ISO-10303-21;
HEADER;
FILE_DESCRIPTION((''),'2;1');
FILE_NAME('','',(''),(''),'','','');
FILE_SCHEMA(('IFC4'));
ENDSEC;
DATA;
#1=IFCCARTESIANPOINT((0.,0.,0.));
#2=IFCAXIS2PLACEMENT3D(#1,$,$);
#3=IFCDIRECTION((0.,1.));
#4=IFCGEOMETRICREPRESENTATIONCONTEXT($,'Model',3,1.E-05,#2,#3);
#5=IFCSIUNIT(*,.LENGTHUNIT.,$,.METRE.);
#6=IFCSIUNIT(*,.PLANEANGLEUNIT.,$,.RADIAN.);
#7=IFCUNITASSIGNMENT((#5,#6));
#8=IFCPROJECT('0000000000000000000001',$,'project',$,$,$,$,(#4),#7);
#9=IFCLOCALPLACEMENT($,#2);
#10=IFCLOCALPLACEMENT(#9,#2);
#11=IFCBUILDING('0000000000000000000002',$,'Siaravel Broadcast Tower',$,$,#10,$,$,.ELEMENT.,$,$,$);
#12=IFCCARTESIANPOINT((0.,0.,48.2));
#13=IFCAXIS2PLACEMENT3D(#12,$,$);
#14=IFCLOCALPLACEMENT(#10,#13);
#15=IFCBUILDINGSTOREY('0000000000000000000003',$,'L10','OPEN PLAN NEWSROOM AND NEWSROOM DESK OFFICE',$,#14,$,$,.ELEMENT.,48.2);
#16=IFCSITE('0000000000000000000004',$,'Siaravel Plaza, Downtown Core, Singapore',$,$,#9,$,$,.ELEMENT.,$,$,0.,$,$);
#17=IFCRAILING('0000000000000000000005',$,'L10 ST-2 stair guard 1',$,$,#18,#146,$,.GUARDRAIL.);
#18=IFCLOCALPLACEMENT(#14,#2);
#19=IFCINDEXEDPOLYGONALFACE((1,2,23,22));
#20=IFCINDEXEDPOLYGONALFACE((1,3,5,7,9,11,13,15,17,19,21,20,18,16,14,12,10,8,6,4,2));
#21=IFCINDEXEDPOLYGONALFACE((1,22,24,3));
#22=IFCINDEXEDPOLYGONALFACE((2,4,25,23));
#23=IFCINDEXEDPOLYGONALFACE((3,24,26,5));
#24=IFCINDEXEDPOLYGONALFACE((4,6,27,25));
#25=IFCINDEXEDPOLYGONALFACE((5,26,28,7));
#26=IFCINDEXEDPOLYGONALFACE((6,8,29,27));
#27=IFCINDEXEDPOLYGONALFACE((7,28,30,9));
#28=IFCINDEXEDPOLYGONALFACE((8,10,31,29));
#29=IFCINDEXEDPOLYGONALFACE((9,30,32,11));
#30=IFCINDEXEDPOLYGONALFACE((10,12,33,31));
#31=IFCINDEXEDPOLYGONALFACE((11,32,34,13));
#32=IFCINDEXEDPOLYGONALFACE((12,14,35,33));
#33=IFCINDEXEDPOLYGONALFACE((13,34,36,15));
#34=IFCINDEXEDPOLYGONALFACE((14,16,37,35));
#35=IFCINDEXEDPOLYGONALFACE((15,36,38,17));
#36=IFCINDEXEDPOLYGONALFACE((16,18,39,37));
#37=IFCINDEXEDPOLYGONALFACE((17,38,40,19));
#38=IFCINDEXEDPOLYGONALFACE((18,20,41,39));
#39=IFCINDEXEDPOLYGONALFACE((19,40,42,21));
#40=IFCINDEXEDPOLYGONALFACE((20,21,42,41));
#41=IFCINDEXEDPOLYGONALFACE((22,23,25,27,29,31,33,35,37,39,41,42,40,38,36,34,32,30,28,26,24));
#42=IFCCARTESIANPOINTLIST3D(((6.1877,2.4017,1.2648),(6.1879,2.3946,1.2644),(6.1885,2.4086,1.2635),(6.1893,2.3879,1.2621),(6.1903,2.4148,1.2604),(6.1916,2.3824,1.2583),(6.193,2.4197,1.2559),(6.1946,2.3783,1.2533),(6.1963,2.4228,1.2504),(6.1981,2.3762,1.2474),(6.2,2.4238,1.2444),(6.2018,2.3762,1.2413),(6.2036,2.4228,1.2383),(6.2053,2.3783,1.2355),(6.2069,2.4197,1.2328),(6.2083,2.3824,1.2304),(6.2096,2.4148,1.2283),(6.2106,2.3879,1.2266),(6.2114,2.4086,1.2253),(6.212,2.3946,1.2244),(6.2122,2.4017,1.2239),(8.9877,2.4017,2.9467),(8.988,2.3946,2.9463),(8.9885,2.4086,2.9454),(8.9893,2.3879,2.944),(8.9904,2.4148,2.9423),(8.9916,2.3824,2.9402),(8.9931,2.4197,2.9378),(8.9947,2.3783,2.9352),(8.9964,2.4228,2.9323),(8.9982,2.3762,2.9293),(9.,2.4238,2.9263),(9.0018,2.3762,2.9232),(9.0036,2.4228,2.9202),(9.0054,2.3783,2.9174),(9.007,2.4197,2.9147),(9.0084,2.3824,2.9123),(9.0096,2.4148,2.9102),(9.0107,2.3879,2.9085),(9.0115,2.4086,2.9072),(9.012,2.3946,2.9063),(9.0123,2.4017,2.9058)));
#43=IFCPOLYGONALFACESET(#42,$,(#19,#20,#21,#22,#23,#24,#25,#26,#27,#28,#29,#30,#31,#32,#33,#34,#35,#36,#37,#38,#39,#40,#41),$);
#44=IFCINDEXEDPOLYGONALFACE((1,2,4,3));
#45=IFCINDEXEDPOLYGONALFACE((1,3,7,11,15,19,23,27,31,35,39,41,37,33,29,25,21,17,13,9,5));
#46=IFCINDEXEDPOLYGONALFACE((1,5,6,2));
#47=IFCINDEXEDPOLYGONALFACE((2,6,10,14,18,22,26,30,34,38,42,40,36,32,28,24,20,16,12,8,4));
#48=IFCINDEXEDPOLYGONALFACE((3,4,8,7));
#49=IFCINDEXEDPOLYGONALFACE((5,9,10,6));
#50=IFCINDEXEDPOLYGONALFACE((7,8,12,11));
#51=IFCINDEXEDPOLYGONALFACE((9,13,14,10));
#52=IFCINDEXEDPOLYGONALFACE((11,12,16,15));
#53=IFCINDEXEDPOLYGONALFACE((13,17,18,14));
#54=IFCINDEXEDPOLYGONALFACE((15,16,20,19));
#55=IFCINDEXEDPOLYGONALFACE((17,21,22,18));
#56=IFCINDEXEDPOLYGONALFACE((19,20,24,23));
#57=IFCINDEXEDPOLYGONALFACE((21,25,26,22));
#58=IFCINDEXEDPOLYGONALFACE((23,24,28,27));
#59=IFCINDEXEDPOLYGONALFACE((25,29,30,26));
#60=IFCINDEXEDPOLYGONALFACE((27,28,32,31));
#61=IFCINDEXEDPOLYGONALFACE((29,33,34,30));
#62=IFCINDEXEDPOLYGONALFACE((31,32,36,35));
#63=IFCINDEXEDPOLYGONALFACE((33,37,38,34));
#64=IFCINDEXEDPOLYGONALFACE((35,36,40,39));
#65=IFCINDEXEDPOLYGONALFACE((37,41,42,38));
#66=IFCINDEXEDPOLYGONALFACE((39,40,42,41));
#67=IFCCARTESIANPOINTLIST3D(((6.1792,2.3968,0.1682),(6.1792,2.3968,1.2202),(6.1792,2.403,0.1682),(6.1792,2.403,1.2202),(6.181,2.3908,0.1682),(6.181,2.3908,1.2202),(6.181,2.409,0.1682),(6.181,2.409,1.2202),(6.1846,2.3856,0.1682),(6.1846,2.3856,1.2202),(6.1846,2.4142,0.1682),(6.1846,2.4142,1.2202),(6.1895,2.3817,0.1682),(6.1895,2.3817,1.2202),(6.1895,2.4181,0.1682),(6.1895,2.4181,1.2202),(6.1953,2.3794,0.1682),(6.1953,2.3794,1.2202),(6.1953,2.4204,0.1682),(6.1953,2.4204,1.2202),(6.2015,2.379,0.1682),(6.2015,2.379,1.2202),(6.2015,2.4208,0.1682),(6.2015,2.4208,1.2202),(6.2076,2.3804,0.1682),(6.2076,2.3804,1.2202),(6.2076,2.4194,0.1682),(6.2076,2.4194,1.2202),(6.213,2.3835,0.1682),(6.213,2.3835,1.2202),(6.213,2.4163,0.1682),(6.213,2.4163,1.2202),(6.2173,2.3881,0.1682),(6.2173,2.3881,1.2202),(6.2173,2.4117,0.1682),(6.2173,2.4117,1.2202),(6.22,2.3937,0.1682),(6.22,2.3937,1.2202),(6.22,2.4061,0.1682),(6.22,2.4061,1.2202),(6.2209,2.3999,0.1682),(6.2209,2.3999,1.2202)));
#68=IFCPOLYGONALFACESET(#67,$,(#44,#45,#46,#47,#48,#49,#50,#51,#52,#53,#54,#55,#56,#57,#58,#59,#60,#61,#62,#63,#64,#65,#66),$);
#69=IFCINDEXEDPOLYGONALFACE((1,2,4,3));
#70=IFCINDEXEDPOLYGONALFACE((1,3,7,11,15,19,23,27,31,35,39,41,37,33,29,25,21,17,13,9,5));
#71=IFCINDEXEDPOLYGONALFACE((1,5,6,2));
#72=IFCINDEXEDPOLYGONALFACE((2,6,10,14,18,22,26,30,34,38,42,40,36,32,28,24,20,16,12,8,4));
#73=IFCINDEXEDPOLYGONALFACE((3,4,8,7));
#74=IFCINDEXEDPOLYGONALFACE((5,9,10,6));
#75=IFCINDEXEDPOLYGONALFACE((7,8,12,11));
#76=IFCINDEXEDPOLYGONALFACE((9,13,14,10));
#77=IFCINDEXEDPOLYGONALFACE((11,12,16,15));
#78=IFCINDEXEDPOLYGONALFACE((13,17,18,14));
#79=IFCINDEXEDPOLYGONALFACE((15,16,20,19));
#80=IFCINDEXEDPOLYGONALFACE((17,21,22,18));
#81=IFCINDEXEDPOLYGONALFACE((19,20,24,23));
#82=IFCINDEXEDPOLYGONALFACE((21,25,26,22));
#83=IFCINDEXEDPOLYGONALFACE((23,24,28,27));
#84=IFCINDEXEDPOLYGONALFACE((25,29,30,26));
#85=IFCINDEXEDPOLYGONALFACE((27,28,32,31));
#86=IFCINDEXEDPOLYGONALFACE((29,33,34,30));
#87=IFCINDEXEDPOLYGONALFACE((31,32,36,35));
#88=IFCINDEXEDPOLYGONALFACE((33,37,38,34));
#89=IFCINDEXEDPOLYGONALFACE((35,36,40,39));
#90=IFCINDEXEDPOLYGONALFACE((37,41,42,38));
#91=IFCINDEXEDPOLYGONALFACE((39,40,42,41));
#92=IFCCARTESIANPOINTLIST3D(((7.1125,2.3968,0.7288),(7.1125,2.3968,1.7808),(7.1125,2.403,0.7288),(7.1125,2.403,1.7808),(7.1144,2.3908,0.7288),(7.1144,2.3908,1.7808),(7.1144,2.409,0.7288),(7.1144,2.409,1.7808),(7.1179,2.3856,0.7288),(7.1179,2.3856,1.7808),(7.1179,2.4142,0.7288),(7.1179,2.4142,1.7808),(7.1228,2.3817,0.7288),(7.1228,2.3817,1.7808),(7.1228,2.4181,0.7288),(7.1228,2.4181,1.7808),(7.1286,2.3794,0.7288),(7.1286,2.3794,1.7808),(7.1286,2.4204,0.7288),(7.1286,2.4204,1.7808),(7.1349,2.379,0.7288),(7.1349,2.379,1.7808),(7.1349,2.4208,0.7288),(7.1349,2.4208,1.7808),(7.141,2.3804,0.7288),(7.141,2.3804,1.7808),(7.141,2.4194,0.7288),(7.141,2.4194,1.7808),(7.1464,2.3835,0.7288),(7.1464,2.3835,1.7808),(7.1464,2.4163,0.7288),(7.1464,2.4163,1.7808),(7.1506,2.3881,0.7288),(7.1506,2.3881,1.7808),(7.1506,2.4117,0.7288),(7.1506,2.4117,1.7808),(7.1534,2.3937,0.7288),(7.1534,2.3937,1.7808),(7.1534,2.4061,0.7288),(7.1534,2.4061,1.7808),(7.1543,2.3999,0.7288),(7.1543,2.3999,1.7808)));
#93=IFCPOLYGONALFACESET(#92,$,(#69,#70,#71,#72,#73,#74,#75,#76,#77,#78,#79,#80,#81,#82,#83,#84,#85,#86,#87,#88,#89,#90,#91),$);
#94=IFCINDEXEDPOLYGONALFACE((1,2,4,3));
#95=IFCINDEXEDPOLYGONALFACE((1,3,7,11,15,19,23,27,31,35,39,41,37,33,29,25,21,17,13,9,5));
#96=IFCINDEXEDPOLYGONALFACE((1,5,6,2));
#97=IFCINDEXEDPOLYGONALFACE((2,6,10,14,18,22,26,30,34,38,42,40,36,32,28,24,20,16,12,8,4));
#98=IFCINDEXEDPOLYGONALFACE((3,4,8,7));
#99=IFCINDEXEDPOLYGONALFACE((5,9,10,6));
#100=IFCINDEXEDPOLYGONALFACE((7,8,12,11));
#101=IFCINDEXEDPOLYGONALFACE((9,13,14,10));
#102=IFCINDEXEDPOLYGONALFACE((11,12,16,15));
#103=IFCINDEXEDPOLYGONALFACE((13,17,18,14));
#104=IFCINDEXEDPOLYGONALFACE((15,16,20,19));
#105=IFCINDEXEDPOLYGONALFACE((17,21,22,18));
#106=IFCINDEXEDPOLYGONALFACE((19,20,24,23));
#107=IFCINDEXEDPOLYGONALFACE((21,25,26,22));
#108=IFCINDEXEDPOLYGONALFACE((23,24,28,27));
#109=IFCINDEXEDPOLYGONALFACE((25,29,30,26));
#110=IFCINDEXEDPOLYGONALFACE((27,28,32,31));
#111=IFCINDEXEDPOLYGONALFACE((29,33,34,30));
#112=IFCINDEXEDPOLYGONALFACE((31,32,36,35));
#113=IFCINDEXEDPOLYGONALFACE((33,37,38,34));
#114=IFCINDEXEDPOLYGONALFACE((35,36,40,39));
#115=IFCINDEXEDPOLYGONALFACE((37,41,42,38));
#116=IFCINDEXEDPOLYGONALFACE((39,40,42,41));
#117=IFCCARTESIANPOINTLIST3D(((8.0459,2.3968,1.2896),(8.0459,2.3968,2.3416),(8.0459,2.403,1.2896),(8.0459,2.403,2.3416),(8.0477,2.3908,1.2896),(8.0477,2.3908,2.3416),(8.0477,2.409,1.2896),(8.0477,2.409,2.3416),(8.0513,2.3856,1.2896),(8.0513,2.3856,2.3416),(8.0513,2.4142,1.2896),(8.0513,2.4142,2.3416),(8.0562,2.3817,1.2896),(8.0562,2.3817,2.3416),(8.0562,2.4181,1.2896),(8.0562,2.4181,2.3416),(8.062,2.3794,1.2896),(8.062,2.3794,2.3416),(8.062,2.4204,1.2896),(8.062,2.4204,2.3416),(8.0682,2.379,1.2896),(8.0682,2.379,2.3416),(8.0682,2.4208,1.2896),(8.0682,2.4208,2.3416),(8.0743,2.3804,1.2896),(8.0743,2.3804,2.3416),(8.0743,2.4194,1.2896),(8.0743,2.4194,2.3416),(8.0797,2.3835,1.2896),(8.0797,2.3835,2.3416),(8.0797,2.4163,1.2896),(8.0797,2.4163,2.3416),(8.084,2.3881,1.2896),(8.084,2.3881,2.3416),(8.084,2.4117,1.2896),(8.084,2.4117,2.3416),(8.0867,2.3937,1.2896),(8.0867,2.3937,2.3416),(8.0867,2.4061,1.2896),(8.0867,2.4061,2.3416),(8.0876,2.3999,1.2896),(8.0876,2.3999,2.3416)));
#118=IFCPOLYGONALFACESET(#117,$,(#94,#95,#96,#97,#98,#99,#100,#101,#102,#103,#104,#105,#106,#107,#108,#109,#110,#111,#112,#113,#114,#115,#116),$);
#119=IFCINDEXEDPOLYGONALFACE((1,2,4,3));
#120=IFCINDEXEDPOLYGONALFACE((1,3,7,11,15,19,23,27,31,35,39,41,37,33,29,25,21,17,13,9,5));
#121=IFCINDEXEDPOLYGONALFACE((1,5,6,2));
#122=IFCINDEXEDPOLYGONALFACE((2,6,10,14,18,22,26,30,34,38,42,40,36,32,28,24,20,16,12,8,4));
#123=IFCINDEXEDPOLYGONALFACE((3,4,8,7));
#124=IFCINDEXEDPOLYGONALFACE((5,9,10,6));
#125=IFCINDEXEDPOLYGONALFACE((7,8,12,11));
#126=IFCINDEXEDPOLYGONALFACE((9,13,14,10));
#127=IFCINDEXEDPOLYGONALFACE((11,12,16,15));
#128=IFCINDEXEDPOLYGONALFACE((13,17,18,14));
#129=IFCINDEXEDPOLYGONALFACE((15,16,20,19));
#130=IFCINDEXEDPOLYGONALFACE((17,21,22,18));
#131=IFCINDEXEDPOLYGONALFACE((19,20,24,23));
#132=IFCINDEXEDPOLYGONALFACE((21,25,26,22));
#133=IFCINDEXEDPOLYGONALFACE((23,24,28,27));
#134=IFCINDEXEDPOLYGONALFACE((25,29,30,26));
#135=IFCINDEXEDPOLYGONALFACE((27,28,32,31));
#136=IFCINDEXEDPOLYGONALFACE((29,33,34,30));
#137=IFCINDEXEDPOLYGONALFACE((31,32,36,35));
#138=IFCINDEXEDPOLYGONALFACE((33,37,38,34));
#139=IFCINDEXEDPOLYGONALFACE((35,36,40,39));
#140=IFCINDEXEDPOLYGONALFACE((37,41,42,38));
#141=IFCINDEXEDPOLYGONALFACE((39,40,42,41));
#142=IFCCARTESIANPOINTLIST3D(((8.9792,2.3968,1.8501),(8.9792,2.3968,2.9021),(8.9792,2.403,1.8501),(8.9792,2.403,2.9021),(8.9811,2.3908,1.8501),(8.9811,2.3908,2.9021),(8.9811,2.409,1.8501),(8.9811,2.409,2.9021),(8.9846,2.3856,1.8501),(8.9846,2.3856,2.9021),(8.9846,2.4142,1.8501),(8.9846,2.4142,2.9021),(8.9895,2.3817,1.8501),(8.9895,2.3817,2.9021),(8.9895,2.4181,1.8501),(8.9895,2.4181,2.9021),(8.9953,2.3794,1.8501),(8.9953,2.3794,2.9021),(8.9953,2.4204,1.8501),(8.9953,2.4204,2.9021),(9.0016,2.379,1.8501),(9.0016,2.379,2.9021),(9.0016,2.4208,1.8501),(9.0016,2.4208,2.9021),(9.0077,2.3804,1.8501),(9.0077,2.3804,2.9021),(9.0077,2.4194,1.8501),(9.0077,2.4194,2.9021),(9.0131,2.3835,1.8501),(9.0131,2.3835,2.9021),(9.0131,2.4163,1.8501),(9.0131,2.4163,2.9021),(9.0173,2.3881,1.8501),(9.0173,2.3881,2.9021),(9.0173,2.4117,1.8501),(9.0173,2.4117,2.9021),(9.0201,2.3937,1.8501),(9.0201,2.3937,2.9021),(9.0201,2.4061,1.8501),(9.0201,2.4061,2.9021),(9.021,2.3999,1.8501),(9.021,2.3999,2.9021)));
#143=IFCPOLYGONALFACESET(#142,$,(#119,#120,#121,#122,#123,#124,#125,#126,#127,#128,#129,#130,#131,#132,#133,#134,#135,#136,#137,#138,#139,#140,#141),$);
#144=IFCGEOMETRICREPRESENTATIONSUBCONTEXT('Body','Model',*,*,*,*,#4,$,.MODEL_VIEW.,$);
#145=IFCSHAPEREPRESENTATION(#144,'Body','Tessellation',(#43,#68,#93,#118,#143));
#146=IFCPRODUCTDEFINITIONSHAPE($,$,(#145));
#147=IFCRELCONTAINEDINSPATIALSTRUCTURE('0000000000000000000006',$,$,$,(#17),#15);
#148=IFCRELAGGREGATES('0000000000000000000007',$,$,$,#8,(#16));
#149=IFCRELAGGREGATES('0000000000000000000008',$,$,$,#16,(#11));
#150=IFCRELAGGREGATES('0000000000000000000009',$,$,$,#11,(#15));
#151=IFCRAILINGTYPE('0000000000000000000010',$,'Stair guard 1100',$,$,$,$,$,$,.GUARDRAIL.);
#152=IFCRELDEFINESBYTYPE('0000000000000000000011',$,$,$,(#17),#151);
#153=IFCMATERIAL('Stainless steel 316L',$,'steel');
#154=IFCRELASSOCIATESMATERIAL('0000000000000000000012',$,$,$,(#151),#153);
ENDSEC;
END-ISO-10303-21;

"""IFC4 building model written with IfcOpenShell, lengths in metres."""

from ifc_helpers import new_model, si_unit, direction, frame, origin, origin_2d, place, context, subcontext, project, spatial, circle, extrude, material, type_object, element, save


model = new_model("IFC4")

# Units and contexts
model_context = context("Model", 3, precision=1e-05, world=origin(), true_north=direction((0.0, 1.0)))
body_context = subcontext(model_context, "Body", "Model", "MODEL_VIEW")
ifc_project = project(units=[si_unit("LENGTHUNIT", "METRE"), si_unit("PLANEANGLEUNIT", "RADIAN")], contexts=[model_context])

# Site, building, storey
site_placement = place(None, origin())
site = spatial("IfcSite", under=ifc_project, at=site_placement, Name="Siaravel Plaza, Downtown Core, Singapore", CompositionType="ELEMENT", RefElevation=0.0)
building_placement = place(site_placement, origin())
building = spatial("IfcBuilding", under=site, at=building_placement, Name="Siaravel Broadcast Tower", CompositionType="ELEMENT")
storey_placement = place(building_placement, frame((0.0, 0.0, 48.2)))
storey = spatial("IfcBuildingStorey", under=building, at=storey_placement, Name="L10", Description="OPEN PLAN NEWSROOM AND NEWSROOM DESK OFFICE", CompositionType="ELEMENT", Elevation=48.2)

# Railing
ifc_material_1 = material(Name="Stainless steel 316L", Category="steel")
railing_type_1 = type_object("IfcRailingType", Name="Stair guard 1100", PredefinedType="GUARDRAIL", material=ifc_material_1)
railing_1_placement = place(storey_placement, frame((6.2, 2.3999, 0.1682)))
element("IfcRailing", 1, at=railing_1_placement, inside=storey, type_object=railing_type_1, Name="L10 ST-2 stair guard 1", PredefinedType="GUARDRAIL", context=body_context, shape_type="SweptSolid", body=[
    extrude(circle(Radius=0.0239, at=origin_2d()), frame((0.0, 0.0, 1.0762), z_axis=(0.857242, 0.0, 0.514913), x_axis=(0.0, 1.0, 0.0)), (0.0, 0.0, 1.0), 3.2664),
    extrude(circle(Radius=0.021, at=origin_2d()), origin(), (0.0, 0.0, 1.0), 1.052),
    extrude(circle(Radius=0.021, at=origin_2d()), frame((0.9333, 0.0, 0.5605)), (0.0, 0.0, 1.0), 1.052),
    extrude(circle(Radius=0.021, at=origin_2d()), frame((1.8667, 0.0, 1.1213)), (0.0, 0.0, 1.0), 1.052),
    extrude(circle(Radius=0.021, at=origin_2d()), frame((2.8, 0.0, 1.6819)), (0.0, 0.0, 1.0), 1.052),
])

save(model, "model.ifc")
